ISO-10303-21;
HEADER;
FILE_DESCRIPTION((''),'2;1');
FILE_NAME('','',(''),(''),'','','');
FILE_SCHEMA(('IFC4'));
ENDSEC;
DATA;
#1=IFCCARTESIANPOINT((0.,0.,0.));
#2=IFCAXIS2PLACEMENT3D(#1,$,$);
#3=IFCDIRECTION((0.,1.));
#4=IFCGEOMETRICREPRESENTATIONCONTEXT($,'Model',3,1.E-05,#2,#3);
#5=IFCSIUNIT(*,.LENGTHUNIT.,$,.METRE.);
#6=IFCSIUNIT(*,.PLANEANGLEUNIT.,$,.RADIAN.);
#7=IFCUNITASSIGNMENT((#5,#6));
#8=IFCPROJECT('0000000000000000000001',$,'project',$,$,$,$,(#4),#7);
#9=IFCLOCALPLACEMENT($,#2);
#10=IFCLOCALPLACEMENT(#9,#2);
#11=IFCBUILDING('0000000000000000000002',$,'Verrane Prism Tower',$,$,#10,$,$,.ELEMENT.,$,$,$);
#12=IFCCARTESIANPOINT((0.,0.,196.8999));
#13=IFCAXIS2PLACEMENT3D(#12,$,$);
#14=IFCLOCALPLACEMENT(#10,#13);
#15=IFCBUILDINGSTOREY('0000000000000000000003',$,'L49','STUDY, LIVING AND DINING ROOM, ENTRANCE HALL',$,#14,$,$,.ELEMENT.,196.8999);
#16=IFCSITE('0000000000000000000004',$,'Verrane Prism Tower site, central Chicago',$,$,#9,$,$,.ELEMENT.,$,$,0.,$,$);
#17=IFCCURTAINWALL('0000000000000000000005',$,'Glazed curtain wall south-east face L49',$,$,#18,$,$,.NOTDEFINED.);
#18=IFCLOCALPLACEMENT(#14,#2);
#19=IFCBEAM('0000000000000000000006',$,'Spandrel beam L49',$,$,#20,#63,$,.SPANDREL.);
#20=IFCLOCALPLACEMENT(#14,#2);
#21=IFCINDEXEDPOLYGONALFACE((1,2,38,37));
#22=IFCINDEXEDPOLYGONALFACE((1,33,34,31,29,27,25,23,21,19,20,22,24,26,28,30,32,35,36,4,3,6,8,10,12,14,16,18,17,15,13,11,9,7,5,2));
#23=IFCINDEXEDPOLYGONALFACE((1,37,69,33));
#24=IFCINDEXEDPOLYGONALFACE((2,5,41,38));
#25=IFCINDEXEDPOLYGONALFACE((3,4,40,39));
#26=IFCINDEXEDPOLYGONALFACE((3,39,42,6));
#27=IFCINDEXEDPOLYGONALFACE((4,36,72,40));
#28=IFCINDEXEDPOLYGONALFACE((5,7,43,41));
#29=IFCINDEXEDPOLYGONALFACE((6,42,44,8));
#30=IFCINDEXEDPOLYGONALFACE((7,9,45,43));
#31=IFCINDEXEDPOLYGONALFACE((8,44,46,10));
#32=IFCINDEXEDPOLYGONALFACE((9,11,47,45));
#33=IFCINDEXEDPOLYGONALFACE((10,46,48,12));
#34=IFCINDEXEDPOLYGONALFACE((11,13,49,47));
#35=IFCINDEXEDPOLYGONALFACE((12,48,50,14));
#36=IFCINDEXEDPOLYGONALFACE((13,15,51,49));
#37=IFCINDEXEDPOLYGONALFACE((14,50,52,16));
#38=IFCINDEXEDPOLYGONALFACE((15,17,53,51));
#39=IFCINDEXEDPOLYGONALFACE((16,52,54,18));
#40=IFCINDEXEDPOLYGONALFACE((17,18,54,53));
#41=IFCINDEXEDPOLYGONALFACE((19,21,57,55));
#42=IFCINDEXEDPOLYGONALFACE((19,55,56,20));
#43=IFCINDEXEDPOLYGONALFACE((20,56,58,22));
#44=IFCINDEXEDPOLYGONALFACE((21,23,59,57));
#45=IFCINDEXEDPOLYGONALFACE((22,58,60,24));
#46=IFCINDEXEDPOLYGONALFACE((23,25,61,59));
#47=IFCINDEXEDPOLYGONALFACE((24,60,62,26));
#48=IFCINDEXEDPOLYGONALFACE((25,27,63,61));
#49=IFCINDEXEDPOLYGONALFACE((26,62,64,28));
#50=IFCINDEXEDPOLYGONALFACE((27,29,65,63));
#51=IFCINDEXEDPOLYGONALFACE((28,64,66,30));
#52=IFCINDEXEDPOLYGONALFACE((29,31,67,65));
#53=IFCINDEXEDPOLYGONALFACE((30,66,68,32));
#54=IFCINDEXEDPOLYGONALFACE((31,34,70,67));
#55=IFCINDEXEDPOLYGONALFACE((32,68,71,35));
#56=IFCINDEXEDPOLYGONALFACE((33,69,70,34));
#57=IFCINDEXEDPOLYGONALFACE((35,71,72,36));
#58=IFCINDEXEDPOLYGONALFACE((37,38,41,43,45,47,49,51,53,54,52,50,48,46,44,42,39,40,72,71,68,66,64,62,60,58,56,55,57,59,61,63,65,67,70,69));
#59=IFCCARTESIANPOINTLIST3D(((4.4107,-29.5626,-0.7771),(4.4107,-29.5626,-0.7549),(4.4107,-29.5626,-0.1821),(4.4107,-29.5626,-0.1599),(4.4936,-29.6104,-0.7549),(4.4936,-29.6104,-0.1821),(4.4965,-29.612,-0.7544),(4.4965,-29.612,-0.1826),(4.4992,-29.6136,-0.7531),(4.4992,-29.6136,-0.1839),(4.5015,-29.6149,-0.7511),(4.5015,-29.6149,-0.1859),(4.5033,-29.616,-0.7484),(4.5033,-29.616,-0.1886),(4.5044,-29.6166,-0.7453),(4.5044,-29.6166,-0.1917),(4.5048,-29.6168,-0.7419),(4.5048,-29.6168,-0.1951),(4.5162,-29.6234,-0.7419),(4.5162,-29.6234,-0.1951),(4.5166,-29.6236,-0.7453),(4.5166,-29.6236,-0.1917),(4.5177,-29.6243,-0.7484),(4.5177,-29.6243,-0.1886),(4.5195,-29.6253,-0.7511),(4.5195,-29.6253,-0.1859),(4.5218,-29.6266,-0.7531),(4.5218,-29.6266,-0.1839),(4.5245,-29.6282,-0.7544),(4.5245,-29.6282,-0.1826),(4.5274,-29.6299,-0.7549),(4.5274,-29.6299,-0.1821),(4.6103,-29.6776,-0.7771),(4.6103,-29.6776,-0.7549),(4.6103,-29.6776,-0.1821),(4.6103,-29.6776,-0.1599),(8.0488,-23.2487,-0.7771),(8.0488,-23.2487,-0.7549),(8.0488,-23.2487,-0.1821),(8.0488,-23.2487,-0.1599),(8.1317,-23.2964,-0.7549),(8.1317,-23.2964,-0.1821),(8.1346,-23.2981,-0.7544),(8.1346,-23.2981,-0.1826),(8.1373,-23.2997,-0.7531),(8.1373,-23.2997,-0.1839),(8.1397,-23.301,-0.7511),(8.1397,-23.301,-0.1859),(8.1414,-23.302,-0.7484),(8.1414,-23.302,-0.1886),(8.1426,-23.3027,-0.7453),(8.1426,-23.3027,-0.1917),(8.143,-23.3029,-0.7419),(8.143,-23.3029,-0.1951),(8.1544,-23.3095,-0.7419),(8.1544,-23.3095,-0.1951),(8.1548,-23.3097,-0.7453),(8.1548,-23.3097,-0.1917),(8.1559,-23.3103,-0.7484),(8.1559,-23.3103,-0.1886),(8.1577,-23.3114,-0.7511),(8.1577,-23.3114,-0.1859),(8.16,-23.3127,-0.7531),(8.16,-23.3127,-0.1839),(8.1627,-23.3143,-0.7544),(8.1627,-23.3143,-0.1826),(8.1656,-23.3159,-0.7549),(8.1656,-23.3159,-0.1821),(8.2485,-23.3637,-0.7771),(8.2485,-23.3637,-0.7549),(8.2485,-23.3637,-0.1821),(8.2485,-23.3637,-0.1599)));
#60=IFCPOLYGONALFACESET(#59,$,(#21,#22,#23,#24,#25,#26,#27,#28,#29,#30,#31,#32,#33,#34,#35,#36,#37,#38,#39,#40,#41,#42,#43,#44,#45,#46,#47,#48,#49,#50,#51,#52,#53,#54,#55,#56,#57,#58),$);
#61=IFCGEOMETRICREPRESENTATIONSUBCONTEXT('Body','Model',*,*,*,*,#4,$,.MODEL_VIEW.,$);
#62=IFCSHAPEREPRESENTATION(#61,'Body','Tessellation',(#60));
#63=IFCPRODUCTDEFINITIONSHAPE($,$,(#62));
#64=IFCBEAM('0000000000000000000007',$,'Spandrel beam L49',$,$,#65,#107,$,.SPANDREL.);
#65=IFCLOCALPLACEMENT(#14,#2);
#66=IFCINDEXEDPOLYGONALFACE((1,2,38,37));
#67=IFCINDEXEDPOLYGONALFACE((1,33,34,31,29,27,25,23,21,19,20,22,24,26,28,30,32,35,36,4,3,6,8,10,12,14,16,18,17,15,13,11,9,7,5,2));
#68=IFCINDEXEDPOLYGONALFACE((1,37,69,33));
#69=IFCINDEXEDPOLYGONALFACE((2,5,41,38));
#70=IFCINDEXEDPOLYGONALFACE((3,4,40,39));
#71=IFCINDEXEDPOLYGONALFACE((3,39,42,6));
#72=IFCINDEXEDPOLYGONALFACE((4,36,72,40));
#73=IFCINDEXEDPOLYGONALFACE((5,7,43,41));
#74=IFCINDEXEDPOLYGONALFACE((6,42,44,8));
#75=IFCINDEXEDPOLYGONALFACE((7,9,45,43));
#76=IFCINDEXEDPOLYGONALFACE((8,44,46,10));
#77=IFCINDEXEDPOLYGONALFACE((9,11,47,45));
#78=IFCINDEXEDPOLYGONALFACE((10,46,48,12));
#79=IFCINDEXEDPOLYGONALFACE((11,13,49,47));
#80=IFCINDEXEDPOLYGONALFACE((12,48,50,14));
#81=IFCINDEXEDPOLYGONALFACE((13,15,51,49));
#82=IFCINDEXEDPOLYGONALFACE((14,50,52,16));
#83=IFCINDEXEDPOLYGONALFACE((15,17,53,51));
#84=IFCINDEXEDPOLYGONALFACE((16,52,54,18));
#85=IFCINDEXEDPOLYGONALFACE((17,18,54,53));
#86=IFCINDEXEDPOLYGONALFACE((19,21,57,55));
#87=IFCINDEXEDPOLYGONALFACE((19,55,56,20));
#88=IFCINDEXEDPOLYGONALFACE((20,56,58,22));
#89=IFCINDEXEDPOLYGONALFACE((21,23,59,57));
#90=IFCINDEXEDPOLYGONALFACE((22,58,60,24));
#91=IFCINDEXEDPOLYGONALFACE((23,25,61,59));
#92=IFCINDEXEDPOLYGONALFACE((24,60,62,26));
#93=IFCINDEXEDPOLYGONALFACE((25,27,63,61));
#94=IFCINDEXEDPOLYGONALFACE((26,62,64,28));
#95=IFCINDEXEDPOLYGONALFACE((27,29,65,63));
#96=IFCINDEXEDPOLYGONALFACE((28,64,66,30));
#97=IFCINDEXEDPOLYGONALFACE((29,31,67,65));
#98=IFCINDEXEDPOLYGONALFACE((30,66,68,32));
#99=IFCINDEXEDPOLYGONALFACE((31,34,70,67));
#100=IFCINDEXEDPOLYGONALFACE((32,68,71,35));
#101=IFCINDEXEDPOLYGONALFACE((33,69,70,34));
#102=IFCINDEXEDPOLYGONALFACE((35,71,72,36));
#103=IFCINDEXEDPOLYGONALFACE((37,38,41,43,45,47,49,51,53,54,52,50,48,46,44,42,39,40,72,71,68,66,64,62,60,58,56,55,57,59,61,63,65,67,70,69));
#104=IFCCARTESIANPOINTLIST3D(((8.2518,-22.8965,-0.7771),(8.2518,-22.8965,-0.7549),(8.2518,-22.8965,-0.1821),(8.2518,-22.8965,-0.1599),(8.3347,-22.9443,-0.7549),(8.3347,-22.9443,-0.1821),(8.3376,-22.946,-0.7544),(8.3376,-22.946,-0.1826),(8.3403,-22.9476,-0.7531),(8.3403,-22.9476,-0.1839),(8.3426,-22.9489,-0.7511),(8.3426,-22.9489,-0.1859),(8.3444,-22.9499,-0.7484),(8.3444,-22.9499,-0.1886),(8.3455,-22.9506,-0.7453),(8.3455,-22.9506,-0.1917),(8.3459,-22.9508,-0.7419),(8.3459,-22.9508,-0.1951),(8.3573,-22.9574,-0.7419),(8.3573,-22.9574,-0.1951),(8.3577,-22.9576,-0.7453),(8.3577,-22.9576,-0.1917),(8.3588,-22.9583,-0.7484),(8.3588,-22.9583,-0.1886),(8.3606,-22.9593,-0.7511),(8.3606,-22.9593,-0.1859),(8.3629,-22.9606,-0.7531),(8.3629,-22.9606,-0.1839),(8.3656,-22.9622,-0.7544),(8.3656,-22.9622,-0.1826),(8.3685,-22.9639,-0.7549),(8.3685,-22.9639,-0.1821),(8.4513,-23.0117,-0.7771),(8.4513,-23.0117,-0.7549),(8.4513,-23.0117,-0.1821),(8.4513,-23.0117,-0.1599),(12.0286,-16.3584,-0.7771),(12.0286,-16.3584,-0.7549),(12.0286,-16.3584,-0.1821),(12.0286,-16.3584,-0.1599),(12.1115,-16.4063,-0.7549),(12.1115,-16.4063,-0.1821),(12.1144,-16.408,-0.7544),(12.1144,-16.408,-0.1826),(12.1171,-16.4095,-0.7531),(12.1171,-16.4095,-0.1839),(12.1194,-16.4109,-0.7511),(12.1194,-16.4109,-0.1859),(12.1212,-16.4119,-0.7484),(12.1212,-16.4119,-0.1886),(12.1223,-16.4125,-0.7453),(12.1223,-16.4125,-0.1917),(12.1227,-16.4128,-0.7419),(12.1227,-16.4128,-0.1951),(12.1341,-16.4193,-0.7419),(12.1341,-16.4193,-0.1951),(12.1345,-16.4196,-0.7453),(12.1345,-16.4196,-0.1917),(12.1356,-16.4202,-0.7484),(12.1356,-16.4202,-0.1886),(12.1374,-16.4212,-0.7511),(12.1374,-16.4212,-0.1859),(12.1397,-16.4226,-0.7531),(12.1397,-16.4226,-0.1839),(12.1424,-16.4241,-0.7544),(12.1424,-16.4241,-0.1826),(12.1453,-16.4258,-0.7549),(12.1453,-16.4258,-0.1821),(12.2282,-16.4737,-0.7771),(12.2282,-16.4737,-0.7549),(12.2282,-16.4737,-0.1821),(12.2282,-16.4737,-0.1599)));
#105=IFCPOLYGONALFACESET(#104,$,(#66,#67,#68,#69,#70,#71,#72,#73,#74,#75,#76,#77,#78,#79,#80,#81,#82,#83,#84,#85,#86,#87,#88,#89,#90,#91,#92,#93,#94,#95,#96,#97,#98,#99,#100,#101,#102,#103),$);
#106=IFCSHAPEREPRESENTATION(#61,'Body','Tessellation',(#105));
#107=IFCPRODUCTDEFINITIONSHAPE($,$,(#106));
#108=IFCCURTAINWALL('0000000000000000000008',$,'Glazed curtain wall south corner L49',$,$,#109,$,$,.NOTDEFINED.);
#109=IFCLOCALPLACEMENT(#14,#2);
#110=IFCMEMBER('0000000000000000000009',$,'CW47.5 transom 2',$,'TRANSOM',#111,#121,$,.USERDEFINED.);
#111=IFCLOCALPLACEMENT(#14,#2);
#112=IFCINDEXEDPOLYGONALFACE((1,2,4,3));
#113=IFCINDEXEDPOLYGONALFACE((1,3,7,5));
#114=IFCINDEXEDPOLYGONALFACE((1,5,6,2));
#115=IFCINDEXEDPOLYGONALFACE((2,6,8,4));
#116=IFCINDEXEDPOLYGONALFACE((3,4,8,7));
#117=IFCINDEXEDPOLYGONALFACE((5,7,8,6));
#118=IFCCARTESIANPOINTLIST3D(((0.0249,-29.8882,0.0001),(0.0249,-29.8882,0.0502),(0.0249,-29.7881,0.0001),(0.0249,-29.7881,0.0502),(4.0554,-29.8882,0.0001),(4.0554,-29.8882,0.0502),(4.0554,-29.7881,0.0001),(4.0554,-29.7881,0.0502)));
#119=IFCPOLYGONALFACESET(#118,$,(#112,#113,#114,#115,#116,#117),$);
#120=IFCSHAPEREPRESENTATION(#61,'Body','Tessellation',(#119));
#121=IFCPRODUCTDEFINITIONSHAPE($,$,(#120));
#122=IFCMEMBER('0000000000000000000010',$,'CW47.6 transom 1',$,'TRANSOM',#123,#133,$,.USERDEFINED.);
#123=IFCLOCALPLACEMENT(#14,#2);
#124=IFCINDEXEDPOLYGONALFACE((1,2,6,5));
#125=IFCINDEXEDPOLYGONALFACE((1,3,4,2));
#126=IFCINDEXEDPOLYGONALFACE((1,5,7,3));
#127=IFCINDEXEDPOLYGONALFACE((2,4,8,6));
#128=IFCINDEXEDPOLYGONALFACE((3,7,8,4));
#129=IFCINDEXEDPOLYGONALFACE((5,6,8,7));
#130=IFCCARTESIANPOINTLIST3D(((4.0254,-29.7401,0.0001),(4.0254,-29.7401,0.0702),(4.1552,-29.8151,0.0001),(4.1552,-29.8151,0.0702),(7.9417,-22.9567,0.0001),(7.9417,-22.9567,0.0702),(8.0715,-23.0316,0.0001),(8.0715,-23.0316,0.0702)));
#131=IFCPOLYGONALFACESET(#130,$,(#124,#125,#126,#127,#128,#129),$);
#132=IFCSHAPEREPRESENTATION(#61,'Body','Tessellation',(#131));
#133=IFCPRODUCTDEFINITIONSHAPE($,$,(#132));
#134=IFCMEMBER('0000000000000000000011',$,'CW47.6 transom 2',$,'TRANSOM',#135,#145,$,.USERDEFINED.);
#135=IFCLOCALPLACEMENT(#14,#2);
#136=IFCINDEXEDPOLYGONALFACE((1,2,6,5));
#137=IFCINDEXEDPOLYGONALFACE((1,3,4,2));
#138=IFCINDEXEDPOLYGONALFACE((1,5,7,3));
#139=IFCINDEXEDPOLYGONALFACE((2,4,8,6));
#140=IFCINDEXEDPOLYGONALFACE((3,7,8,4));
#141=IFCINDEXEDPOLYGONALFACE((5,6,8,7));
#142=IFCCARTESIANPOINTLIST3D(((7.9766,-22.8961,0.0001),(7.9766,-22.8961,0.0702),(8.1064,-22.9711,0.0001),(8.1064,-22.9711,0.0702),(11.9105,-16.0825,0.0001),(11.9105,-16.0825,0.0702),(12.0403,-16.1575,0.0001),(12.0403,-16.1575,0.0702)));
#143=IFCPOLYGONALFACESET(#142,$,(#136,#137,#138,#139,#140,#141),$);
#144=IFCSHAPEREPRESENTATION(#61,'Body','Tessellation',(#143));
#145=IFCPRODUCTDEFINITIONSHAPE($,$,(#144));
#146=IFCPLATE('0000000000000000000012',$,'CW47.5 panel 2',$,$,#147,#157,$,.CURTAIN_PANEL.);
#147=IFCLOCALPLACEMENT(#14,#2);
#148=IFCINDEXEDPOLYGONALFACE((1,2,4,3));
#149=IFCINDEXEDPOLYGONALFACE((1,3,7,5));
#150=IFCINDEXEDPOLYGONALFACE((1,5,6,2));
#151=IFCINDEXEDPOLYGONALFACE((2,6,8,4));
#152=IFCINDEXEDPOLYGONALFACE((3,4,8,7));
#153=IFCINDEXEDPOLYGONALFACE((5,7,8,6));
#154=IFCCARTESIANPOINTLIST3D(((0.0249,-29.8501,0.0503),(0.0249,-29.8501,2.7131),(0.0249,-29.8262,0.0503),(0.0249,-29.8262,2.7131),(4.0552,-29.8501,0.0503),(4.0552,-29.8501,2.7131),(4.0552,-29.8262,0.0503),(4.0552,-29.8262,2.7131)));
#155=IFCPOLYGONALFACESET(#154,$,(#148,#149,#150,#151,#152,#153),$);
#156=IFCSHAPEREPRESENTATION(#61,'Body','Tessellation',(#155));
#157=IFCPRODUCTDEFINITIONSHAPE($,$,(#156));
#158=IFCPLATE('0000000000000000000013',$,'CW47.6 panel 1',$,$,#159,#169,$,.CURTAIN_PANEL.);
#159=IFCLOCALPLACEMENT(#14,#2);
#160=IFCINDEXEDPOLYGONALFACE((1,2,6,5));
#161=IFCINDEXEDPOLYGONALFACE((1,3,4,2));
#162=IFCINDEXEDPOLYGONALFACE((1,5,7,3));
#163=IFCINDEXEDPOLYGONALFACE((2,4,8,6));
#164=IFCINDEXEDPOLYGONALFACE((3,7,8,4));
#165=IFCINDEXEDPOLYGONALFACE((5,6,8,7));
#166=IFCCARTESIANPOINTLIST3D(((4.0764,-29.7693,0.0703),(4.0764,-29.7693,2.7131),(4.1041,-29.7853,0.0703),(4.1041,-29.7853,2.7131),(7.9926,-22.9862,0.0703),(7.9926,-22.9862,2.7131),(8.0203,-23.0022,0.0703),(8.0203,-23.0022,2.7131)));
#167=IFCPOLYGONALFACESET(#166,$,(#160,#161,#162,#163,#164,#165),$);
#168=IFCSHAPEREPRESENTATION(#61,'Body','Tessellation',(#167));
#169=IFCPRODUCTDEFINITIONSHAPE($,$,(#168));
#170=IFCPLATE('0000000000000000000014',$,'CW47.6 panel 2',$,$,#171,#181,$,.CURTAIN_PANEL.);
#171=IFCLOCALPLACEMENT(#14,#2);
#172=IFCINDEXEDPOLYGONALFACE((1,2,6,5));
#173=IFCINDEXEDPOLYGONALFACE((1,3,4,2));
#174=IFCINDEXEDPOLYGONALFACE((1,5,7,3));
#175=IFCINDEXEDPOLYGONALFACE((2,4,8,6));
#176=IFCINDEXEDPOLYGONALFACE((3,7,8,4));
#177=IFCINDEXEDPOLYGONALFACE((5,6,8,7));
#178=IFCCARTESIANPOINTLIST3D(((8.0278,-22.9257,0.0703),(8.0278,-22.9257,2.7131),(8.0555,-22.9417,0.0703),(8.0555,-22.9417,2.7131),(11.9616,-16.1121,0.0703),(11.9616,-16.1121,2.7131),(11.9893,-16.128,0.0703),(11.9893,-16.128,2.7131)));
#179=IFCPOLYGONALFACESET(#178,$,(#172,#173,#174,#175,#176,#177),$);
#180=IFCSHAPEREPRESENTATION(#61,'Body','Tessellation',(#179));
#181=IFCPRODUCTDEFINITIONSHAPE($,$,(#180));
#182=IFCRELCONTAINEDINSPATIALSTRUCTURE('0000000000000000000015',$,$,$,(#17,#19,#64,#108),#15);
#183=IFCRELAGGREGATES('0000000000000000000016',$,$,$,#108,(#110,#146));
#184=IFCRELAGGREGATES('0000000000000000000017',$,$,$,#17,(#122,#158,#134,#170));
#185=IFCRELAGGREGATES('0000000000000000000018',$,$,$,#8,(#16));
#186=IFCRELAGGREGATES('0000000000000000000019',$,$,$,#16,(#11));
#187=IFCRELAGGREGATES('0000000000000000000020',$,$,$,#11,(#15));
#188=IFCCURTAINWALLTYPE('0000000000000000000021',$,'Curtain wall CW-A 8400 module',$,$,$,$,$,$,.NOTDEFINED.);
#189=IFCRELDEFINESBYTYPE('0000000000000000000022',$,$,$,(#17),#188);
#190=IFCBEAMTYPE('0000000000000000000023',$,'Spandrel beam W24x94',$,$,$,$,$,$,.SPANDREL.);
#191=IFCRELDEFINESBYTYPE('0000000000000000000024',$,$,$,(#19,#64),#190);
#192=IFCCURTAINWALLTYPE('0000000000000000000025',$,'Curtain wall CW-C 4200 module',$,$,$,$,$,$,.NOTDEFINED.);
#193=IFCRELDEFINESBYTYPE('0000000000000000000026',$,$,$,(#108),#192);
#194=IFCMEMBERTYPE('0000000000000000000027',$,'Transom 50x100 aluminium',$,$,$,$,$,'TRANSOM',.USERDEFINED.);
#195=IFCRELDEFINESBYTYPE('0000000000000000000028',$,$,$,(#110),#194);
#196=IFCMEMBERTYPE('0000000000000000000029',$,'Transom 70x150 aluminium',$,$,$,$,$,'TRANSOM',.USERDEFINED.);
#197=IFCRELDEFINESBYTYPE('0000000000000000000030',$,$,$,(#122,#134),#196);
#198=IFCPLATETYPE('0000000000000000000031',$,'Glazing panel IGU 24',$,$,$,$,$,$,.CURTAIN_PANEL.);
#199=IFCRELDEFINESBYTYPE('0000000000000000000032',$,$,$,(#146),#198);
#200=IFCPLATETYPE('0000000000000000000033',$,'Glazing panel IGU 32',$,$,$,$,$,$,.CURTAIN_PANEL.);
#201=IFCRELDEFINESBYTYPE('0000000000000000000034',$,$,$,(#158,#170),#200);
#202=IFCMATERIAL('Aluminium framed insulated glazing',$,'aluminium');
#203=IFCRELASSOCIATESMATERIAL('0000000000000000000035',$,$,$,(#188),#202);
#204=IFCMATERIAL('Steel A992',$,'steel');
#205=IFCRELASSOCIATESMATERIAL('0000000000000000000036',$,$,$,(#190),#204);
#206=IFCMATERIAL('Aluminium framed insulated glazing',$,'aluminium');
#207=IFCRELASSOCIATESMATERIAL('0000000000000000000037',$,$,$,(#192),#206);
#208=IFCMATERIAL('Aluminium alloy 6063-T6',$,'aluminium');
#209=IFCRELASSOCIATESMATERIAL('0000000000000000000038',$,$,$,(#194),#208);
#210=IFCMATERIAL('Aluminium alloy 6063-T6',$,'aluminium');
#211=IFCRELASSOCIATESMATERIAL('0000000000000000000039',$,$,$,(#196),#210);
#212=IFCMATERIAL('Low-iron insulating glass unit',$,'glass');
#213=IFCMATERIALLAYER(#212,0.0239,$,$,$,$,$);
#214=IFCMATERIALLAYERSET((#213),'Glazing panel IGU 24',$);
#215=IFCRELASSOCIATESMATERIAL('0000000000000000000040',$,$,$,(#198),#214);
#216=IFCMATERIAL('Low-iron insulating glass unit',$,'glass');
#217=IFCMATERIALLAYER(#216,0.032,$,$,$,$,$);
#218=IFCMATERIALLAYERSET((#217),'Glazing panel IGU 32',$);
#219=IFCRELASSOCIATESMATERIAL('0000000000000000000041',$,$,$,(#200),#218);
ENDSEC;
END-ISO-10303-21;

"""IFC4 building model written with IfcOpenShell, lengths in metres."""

from ifc_helpers import new_model, si_unit, direction, frame, origin, origin_2d, place, context, subcontext, project, spatial, rectangle, i_section, extrude, material, layer, layer_set, material_profile, profile_set, type_object, element, aggregate, save


model = new_model("IFC4")

# Units and contexts
model_context = context("Model", 3, precision=1e-05, world=origin(), true_north=direction((0.0, 1.0)))
body_context = subcontext(model_context, "Body", "Model", "MODEL_VIEW")
ifc_project = project(units=[si_unit("LENGTHUNIT", "METRE"), si_unit("PLANEANGLEUNIT", "RADIAN")], contexts=[model_context])

# Site, building, storey
site_placement = place(None, origin())
site = spatial("IfcSite", under=ifc_project, at=site_placement, Name="Verrane Prism Tower site, central Chicago", CompositionType="ELEMENT", RefElevation=0.0)
building_placement = place(site_placement, origin())
building = spatial("IfcBuilding", under=site, at=building_placement, Name="Verrane Prism Tower", CompositionType="ELEMENT")
storey_placement = place(building_placement, frame((0.0, 0.0, 196.8999)))
storey = spatial("IfcBuildingStorey", under=building, at=storey_placement, Name="L49", Description="STUDY, LIVING AND DINING ROOM, ENTRANCE HALL", CompositionType="ELEMENT", Elevation=196.8999)

# Curtain wall
ifc_material_1 = material(Name="Aluminium framed insulated glazing", Category="aluminium")
curtain_wall_type_1 = type_object("IfcCurtainWallType", Name="Curtain wall CW-A 8400 module", PredefinedType="NOTDEFINED", material=ifc_material_1)
curtain_wall_1_placement = place(storey_placement, origin())
curtain_wall_1 = element("IfcCurtainWall", 1, at=curtain_wall_1_placement, inside=storey, type_object=curtain_wall_type_1, Name="Glazed curtain wall south-east face L49", PredefinedType="NOTDEFINED")

# Beams
ifc_material_2 = material(Name="Steel A992", Category="steel")
ifc_material_profile_1 = material_profile(ifc_material_2, i_section(OverallWidth=0.2305, OverallDepth=0.6172, WebThickness=0.0132, FlangeThickness=0.0222, FilletRadius=0.0129, at=origin_2d()), Name="W24x94")
ifc_profile_set_1 = profile_set([ifc_material_profile_1], Name="Steel A992")
beam_type_1 = type_object("IfcBeamType", Name="Spandrel beam W24x94", PredefinedType="SPANDREL", material=ifc_profile_set_1)
beam_1_placement = place(storey_placement, frame((4.5105, -29.6201, -0.4685), z_axis=(0.49926, 0.866452, 0.0), x_axis=(-0.866452, 0.49926, 0.0)))
element("IfcBeam", 2, at=beam_1_placement, inside=storey, type_object=beam_type_1, Name="Spandrel beam L49", PredefinedType="SPANDREL", context=body_context, shape_type="SweptSolid", body=[
    extrude(i_section(OverallWidth=0.2305, OverallDepth=0.6172, WebThickness=0.0132, FlangeThickness=0.0222, FilletRadius=0.0129, at=origin_2d()), origin(), (0.0, 0.0, 1.0), 7.2871),
])
beam_2_placement = place(storey_placement, frame((8.3516, -22.9541, -0.4685), z_axis=(0.500208, 0.865906, 0.0), x_axis=(-0.865906, 0.500208, 0.0)))
element("IfcBeam", 3, at=beam_2_placement, inside=storey, type_object=beam_type_1, Name="Spandrel beam L49", PredefinedType="SPANDREL", context=body_context, shape_type="SweptSolid", body=[
    extrude(i_section(OverallWidth=0.2305, OverallDepth=0.6172, WebThickness=0.0132, FlangeThickness=0.0222, FilletRadius=0.0129, at=origin_2d()), origin(), (0.0, 0.0, 1.0), 7.5505),
])

# Curtain wall, member
ifc_material_3 = material(Name="Aluminium framed insulated glazing", Category="aluminium")
curtain_wall_type_2 = type_object("IfcCurtainWallType", Name="Curtain wall CW-C 4200 module", PredefinedType="NOTDEFINED", material=ifc_material_3)
curtain_wall_2_placement = place(storey_placement, origin())
curtain_wall_2 = element("IfcCurtainWall", 4, at=curtain_wall_2_placement, inside=storey, type_object=curtain_wall_type_2, Name="Glazed curtain wall south corner L49", PredefinedType="NOTDEFINED")
ifc_material_4 = material(Name="Aluminium alloy 6063-T6", Category="aluminium")
ifc_material_profile_2 = material_profile(ifc_material_4, rectangle(XDim=0.1001, YDim=0.05, at=origin_2d()), Name="Transom 50x100 aluminium")
ifc_profile_set_2 = profile_set([ifc_material_profile_2], Name="Aluminium alloy 6063-T6")
member_type_1 = type_object("IfcMemberType", Name="Transom 50x100 aluminium", ElementType="TRANSOM", PredefinedType="USERDEFINED", material=ifc_profile_set_2)
member_1_placement = place(storey_placement, frame((0.0249, -29.8381, 0.0251), z_axis=(1.0, 0.0, 0.0), x_axis=(0.0, 1.0, 0.0)))
member_1 = element("IfcMember", 5, at=member_1_placement, type_object=member_type_1, Name="CW47.5 transom 2", ObjectType="TRANSOM", PredefinedType="USERDEFINED", context=body_context, shape_type="SweptSolid", body=[
    extrude(rectangle(XDim=0.1001, YDim=0.05, at=origin_2d()), origin(), (0.0, 0.0, 1.0), 4.0305),
])

# Members
ifc_material_5 = material(Name="Aluminium alloy 6063-T6", Category="aluminium")
ifc_material_profile_3 = material_profile(ifc_material_5, rectangle(XDim=0.1499, YDim=0.0701, at=origin_2d()), Name="Transom 70x150 aluminium")
ifc_profile_set_3 = profile_set([ifc_material_profile_3], Name="Aluminium alloy 6063-T6")
member_type_2 = type_object("IfcMemberType", Name="Transom 70x150 aluminium", ElementType="TRANSOM", PredefinedType="USERDEFINED", material=ifc_profile_set_3)
member_2_placement = place(storey_placement, frame((4.0903, -29.7776, 0.0352), z_axis=(0.499984, 0.866035, 0.0), x_axis=(-0.866035, 0.499984, 0.0)))
member_2 = element("IfcMember", 6, at=member_2_placement, type_object=member_type_2, Name="CW47.6 transom 1", ObjectType="TRANSOM", PredefinedType="USERDEFINED", context=body_context, shape_type="SweptSolid", body=[
    extrude(rectangle(XDim=0.1499, YDim=0.0701, at=origin_2d()), origin(), (0.0, 0.0, 1.0), 7.8328),
])
member_3_placement = place(storey_placement, frame((8.0415, -22.9336, 0.0352), z_axis=(0.500007, 0.866021, 0.0), x_axis=(-0.866021, 0.500007, 0.0)))
member_3 = element("IfcMember", 7, at=member_3_placement, type_object=member_type_2, Name="CW47.6 transom 2", ObjectType="TRANSOM", PredefinedType="USERDEFINED", context=body_context, shape_type="SweptSolid", body=[
    extrude(rectangle(XDim=0.1499, YDim=0.0701, at=origin_2d()), origin(), (0.0, 0.0, 1.0), 7.8677),
])

# Plates
ifc_material_6 = material(Name="Low-iron insulating glass unit", Category="glass")
ifc_layer_1 = layer(ifc_material_6, 0.0239)
ifc_layer_set_1 = layer_set([ifc_layer_1], Name="Glazing panel IGU 24")
plate_type_1 = type_object("IfcPlateType", Name="Glazing panel IGU 24", PredefinedType="CURTAIN_PANEL", material=ifc_layer_set_1)
plate_1_placement = place(storey_placement, frame((2.04, -29.8381, 0.0503), z_axis=(0.0, 0.0, 1.0), x_axis=(1.0, 0.0, 0.0)))
plate_1 = element("IfcPlate", 8, at=plate_1_placement, type_object=plate_type_1, Name="CW47.5 panel 2", PredefinedType="CURTAIN_PANEL", context=body_context, shape_type="SweptSolid", body=[
    extrude(rectangle(XDim=4.0303, YDim=0.0239, at=origin_2d()), origin(), (0.0, 0.0, 1.0), 2.6628),
])
aggregate(curtain_wall_2, [member_1, plate_1])
ifc_material_7 = material(Name="Low-iron insulating glass unit", Category="glass")
ifc_layer_2 = layer(ifc_material_7, 0.032)
ifc_layer_set_2 = layer_set([ifc_layer_2], Name="Glazing panel IGU 32")
plate_type_2 = type_object("IfcPlateType", Name="Glazing panel IGU 32", PredefinedType="CURTAIN_PANEL", material=ifc_layer_set_2)
plate_2_placement = place(storey_placement, frame((6.0483, -26.3857, 0.0703), z_axis=(0.0, 0.0, 1.0), x_axis=(0.5, 0.866026, 0.0)))
plate_2 = element("IfcPlate", 9, at=plate_2_placement, type_object=plate_type_2, Name="CW47.6 panel 1", PredefinedType="CURTAIN_PANEL", context=body_context, shape_type="SweptSolid", body=[
    extrude(rectangle(XDim=7.8325, YDim=0.032, at=origin_2d()), origin(), (0.0, 0.0, 1.0), 2.6428),
])
plate_3_placement = place(storey_placement, frame((10.0085, -19.5269, 0.0703), z_axis=(0.0, 0.0, 1.0), x_axis=(0.5, 0.866026, 0.0)))
plate_3 = element("IfcPlate", 10, at=plate_3_placement, type_object=plate_type_2, Name="CW47.6 panel 2", PredefinedType="CURTAIN_PANEL", context=body_context, shape_type="SweptSolid", body=[
    extrude(rectangle(XDim=7.8677, YDim=0.032, at=origin_2d()), origin(), (0.0, 0.0, 1.0), 2.6428),
])
aggregate(curtain_wall_1, [member_2, plate_2, member_3, plate_3])

save(model, "model.ifc")
